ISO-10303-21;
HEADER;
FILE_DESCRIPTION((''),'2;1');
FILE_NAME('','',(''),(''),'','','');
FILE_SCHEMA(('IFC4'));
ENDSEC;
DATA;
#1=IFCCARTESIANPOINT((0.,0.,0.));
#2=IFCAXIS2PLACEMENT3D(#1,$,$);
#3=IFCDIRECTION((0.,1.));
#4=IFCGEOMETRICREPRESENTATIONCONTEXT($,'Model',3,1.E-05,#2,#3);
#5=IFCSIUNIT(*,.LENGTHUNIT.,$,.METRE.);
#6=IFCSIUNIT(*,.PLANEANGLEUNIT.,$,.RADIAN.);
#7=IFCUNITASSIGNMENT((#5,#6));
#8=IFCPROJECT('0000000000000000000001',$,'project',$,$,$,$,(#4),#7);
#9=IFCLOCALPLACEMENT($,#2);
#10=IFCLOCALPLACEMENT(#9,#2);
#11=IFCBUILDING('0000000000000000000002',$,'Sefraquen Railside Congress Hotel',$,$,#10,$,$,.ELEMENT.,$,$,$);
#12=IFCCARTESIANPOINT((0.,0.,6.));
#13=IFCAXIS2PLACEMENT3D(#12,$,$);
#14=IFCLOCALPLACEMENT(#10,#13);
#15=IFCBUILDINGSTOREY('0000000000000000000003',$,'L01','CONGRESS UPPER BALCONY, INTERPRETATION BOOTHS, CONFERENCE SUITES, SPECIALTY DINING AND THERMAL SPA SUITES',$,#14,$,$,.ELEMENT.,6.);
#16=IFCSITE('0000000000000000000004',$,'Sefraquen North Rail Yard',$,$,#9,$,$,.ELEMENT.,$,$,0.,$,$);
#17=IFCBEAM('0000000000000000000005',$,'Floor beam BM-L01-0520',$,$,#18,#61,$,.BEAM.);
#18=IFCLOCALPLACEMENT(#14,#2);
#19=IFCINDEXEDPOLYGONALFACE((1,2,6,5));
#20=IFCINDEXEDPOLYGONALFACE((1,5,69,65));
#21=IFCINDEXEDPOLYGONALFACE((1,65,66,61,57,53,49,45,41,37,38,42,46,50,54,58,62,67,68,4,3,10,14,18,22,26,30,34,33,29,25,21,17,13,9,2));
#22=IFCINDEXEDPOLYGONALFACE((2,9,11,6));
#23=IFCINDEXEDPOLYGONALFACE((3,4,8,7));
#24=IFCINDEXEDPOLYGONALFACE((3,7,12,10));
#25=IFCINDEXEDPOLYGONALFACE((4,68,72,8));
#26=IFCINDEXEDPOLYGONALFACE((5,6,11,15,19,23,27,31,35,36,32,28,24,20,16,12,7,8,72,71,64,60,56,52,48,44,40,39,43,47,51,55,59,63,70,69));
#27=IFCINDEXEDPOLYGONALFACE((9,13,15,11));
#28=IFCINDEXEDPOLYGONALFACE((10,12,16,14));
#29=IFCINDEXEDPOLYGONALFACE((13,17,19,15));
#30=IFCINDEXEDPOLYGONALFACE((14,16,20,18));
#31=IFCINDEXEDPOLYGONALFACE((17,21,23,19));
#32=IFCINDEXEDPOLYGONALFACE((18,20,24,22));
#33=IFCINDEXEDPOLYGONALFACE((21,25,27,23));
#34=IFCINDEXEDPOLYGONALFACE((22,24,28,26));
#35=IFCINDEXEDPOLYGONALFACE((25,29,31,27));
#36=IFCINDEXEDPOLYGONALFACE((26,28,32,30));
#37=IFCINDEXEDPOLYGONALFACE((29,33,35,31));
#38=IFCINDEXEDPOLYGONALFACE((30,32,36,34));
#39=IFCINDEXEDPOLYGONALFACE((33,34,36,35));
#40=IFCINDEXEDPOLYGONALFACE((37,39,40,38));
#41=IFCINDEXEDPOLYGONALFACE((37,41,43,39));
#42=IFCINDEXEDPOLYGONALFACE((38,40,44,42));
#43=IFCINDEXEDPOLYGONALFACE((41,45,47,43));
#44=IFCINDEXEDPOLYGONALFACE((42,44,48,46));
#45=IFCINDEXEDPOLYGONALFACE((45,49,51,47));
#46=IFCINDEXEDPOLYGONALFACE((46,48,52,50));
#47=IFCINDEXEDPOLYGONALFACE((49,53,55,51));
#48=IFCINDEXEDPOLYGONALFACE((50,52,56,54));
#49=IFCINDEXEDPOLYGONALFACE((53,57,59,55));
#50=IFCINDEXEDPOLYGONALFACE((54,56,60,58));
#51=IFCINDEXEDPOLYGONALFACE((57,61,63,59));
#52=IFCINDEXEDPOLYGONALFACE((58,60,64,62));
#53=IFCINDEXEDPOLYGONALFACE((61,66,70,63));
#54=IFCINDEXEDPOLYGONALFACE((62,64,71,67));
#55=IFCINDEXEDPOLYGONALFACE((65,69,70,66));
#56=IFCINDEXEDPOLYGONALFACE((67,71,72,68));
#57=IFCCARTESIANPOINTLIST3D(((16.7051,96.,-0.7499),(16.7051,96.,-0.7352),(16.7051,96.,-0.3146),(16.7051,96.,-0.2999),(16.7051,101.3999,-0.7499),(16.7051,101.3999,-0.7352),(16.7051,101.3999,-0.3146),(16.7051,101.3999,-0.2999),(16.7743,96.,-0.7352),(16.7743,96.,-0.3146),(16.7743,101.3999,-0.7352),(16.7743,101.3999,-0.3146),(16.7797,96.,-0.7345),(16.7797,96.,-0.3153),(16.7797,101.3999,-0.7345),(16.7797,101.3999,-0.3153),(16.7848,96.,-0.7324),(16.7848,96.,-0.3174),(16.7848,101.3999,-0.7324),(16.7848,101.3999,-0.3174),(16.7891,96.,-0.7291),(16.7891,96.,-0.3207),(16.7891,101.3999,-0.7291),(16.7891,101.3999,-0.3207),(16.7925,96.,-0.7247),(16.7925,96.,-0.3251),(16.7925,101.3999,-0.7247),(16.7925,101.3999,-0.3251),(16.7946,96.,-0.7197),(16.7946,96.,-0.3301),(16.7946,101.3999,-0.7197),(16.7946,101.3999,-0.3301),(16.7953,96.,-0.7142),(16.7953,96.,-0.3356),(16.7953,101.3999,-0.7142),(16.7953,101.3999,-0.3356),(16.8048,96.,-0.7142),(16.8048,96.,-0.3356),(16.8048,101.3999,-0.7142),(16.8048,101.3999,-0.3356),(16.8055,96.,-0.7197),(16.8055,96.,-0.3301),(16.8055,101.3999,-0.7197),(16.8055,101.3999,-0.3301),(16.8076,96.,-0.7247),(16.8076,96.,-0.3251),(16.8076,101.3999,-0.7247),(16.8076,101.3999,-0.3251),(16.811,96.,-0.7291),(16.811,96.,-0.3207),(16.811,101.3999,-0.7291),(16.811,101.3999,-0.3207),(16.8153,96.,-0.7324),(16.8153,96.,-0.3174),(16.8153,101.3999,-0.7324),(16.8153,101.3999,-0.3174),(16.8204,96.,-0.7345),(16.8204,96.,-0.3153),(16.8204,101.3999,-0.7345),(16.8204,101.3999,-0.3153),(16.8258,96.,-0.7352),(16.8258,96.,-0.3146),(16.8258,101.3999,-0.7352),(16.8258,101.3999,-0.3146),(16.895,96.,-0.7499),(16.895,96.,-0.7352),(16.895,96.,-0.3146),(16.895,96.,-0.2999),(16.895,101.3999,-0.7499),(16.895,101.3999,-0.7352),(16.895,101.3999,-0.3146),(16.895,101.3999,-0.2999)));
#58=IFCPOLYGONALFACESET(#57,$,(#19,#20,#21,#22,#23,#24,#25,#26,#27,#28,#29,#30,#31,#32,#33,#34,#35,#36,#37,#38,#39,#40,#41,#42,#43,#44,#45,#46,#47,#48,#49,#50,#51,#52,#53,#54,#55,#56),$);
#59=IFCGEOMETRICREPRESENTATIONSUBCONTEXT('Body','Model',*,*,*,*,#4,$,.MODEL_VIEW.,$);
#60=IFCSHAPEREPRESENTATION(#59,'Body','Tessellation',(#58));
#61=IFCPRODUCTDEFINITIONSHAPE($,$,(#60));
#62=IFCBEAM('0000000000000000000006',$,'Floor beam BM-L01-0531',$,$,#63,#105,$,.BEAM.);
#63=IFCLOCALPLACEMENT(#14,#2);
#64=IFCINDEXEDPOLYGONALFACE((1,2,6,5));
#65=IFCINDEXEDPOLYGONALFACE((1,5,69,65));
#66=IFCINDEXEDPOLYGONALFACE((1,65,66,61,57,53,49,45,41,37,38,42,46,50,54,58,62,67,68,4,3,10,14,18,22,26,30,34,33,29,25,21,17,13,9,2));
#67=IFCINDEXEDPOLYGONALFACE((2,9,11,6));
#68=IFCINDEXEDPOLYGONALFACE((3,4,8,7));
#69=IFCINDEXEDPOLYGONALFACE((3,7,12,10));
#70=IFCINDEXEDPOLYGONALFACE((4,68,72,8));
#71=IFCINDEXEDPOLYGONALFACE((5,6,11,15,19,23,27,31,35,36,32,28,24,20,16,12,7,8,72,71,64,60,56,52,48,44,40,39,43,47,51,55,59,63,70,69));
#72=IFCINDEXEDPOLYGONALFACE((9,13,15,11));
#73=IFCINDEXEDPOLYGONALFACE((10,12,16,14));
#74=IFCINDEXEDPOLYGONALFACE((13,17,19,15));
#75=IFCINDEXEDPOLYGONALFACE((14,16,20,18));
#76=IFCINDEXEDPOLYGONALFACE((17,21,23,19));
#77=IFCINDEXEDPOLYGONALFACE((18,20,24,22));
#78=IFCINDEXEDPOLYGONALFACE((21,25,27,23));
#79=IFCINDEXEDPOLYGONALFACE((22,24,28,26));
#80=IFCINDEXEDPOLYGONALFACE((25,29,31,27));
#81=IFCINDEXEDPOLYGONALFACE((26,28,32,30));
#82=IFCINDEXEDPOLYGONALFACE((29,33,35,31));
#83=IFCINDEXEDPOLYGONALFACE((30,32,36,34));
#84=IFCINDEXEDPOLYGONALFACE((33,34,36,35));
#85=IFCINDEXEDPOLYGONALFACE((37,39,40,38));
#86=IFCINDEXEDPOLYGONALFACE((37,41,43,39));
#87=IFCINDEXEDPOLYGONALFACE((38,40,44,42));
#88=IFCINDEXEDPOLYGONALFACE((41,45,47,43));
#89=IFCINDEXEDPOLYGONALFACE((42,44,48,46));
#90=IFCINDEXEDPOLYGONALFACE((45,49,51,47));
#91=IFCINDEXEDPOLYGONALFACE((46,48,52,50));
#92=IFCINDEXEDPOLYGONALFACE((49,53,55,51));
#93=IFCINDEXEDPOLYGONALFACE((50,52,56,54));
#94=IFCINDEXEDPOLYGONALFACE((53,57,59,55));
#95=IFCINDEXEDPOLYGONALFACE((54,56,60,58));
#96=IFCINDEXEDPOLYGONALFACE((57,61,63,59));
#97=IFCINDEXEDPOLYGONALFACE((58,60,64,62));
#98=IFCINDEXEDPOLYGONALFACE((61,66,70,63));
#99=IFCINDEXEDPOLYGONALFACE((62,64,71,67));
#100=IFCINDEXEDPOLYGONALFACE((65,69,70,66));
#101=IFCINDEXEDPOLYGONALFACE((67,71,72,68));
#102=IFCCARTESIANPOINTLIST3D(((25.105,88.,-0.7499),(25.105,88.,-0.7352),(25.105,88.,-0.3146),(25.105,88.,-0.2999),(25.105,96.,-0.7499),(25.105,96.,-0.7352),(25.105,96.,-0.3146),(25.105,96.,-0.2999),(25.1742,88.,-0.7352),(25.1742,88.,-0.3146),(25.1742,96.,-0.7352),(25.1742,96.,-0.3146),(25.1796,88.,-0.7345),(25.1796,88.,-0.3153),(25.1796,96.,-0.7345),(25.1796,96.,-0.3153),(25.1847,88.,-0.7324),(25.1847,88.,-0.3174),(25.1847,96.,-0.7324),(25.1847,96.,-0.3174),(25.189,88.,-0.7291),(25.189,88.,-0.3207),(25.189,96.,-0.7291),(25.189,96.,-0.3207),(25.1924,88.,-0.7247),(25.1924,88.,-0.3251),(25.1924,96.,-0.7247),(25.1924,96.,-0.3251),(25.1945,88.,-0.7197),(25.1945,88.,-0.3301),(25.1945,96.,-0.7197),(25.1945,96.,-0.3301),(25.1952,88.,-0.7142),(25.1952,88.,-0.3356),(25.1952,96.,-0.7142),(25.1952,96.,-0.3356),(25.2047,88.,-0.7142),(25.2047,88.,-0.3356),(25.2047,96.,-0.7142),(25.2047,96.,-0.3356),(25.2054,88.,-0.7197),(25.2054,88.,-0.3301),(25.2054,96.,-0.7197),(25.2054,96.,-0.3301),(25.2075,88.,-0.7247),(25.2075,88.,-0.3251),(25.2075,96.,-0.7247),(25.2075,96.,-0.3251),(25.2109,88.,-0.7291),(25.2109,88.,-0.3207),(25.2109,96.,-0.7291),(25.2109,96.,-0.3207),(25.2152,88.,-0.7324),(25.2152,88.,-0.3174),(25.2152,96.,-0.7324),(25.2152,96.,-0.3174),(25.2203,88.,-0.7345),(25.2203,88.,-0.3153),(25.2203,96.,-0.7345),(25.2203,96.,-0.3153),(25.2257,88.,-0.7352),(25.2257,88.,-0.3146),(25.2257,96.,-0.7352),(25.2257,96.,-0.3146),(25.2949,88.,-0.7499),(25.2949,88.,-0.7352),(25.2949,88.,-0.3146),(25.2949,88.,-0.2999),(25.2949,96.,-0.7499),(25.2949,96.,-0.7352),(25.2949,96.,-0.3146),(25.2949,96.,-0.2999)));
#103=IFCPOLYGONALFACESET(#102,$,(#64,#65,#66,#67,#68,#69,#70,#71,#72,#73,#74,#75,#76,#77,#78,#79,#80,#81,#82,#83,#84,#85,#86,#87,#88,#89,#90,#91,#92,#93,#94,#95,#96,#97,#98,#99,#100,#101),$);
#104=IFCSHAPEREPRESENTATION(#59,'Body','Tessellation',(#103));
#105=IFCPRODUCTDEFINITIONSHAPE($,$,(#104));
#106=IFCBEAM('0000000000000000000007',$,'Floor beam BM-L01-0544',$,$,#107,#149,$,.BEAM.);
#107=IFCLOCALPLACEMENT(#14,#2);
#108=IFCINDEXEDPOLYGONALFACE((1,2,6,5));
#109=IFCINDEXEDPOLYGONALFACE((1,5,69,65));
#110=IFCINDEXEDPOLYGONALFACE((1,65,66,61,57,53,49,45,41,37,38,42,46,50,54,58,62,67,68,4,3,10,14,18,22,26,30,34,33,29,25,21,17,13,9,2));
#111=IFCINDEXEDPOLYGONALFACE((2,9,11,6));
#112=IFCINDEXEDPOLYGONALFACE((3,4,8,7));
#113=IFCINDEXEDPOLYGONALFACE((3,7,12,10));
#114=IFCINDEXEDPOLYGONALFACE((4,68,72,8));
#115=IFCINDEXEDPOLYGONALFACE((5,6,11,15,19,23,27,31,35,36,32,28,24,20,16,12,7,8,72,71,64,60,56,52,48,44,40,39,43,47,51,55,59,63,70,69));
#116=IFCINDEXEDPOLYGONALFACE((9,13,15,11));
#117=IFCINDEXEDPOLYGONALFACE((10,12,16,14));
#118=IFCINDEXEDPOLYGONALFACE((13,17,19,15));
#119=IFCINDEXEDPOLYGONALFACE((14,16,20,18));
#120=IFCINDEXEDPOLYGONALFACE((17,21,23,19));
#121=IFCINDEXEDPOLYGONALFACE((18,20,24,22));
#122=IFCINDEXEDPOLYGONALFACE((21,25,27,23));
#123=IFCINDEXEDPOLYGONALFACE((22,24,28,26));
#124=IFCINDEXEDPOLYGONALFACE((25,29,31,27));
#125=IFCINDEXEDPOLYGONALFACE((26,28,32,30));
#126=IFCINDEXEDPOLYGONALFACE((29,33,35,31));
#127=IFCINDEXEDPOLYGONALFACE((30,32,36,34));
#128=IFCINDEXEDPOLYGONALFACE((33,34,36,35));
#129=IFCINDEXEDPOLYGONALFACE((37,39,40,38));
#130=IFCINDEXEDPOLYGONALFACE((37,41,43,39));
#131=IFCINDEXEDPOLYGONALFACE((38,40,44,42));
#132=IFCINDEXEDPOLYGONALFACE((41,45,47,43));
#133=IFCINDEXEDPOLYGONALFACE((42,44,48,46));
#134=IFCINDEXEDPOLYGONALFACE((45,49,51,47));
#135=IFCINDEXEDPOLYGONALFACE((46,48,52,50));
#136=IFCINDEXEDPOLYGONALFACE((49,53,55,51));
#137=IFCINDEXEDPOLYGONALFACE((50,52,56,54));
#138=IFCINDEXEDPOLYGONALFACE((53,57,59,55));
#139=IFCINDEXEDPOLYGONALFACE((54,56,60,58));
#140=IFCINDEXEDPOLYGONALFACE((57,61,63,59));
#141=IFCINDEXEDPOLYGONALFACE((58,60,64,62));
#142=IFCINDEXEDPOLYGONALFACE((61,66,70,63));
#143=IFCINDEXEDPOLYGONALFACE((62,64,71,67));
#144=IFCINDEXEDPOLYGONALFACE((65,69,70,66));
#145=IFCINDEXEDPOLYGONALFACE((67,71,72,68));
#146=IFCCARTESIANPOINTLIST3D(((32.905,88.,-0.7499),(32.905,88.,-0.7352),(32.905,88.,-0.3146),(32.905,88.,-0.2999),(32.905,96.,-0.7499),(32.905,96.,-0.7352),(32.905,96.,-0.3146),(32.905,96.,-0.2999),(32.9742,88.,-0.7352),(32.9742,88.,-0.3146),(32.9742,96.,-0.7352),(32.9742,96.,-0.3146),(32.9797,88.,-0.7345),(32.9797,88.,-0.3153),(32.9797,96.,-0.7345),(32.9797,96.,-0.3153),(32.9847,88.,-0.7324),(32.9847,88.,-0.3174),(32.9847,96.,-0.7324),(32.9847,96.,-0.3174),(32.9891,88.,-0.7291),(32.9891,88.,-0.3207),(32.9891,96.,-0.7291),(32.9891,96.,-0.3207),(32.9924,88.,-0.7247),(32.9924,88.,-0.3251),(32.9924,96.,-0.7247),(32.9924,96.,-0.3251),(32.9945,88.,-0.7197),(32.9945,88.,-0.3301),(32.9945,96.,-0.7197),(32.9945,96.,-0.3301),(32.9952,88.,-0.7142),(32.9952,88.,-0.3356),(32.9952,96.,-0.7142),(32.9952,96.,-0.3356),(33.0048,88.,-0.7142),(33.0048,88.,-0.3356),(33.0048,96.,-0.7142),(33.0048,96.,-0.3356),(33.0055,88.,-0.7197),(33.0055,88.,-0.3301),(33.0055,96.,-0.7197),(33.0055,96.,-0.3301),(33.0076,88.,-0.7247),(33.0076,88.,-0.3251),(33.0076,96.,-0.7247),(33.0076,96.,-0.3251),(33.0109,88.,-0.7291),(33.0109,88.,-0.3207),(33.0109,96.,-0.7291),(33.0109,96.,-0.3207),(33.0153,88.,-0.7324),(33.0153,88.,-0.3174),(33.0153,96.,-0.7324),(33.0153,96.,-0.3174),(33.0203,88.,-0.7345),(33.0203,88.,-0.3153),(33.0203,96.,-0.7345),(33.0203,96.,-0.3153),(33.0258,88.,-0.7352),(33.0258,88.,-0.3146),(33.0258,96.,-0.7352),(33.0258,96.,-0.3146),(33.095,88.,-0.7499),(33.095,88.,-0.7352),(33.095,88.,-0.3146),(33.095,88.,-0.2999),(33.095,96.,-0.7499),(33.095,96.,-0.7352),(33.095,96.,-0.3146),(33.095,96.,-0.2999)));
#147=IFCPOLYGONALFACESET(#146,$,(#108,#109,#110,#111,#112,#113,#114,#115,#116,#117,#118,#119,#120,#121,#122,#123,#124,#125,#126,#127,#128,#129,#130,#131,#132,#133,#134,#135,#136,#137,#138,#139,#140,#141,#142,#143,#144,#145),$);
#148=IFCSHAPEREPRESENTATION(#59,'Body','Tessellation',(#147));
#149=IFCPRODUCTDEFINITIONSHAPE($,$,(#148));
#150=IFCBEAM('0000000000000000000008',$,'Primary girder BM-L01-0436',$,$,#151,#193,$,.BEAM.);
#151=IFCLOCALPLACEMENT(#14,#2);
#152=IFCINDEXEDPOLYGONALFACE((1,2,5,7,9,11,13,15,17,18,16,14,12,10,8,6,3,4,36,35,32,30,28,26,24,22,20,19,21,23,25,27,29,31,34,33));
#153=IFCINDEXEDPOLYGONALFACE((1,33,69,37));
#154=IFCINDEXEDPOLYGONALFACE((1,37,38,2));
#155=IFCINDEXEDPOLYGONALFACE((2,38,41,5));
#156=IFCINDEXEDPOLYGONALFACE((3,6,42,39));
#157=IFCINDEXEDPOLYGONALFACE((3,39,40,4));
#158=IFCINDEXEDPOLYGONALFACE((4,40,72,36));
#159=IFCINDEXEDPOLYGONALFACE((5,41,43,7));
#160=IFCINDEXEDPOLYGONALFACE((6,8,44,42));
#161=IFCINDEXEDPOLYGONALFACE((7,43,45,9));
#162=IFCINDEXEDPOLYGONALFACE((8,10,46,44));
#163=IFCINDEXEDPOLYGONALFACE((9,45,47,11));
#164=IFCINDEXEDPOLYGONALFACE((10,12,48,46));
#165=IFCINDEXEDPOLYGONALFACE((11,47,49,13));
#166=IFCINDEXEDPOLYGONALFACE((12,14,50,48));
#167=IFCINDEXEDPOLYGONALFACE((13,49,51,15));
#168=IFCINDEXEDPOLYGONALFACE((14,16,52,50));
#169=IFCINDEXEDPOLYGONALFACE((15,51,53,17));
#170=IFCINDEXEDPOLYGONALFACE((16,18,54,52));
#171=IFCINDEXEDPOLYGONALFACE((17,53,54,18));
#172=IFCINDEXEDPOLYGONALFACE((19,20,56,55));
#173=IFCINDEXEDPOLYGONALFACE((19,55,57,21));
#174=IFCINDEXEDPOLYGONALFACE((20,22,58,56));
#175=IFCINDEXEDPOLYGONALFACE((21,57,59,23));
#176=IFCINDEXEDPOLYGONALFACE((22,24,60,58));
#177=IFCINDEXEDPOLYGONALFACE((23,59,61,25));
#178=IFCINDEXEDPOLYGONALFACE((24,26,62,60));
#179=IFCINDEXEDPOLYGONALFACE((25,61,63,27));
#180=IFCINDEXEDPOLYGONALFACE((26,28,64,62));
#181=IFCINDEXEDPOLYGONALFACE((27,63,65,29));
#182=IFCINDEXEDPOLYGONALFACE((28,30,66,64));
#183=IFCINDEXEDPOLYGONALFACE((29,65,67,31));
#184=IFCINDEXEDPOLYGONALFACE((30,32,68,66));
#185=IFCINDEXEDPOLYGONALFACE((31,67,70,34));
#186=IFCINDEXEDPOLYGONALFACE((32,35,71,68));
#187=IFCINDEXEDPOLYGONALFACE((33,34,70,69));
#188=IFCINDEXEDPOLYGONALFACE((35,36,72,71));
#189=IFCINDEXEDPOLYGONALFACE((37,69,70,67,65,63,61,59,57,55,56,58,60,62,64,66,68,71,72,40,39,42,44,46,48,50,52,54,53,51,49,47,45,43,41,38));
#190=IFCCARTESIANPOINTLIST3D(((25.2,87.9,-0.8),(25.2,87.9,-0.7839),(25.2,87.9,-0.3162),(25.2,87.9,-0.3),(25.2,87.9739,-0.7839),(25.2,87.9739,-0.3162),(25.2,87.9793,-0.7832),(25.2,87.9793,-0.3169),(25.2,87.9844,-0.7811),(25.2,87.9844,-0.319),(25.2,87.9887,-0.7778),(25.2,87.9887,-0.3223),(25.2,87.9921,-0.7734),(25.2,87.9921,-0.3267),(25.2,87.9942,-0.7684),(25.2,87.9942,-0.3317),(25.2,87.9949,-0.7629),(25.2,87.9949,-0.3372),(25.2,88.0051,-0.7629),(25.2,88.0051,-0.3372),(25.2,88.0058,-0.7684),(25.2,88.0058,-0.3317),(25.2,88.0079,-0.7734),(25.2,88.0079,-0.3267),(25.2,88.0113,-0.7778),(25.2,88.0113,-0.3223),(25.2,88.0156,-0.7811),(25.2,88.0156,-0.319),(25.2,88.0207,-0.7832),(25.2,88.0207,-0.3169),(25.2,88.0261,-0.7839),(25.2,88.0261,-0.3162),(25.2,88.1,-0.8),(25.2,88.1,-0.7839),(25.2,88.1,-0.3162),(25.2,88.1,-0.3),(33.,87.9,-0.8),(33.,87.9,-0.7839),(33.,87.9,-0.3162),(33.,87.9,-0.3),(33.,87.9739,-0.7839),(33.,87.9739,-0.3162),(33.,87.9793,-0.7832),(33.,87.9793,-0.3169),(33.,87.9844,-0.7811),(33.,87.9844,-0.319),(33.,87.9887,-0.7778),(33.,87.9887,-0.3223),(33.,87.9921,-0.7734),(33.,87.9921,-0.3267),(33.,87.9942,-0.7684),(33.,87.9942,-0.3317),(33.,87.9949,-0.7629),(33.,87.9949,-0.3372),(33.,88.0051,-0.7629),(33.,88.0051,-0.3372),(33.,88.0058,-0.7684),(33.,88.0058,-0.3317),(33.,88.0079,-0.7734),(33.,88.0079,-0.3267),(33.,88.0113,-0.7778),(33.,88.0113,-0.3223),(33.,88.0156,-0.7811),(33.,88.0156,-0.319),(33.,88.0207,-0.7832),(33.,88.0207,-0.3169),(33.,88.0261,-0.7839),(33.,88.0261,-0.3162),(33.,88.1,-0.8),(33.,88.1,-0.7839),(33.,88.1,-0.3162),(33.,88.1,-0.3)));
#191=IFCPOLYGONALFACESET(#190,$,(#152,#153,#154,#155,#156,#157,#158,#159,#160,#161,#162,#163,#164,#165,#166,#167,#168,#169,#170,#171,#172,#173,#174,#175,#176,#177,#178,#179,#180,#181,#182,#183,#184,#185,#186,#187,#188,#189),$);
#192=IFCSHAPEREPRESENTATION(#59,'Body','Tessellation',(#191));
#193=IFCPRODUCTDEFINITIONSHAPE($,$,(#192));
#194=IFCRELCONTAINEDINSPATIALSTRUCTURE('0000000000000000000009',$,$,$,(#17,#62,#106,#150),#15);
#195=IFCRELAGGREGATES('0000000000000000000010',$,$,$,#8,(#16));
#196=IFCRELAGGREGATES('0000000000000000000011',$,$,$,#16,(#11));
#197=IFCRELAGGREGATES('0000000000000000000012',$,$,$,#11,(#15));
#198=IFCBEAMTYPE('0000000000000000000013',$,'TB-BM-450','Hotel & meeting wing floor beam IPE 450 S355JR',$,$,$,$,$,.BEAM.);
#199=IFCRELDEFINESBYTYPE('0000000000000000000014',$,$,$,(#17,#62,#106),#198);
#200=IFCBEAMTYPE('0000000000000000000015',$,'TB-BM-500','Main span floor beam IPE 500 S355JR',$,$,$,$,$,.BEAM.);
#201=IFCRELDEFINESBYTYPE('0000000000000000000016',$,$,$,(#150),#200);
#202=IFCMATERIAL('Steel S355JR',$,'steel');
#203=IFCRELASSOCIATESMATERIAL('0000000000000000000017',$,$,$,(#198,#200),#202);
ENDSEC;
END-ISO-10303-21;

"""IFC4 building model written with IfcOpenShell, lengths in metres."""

from ifc_helpers import new_model, si_unit, direction, frame, origin, origin_2d, place, context, subcontext, project, spatial, i_section, extrude, material, material_profile, profile_set, type_object, element, save


model = new_model("IFC4")

# Units and contexts
model_context = context("Model", 3, precision=1e-05, world=origin(), true_north=direction((0.0, 1.0)))
body_context = subcontext(model_context, "Body", "Model", "MODEL_VIEW")
ifc_project = project(units=[si_unit("LENGTHUNIT", "METRE"), si_unit("PLANEANGLEUNIT", "RADIAN")], contexts=[model_context])

# Site, building, storey
site_placement = place(None, origin())
site = spatial("IfcSite", under=ifc_project, at=site_placement, Name="Sefraquen North Rail Yard", CompositionType="ELEMENT", RefElevation=0.0)
building_placement = place(site_placement, origin())
building = spatial("IfcBuilding", under=site, at=building_placement, Name="Sefraquen Railside Congress Hotel", CompositionType="ELEMENT")
storey_placement = place(building_placement, frame((0.0, 0.0, 6.0)))
storey = spatial("IfcBuildingStorey", under=building, at=storey_placement, Name="L01", Description="CONGRESS UPPER BALCONY, INTERPRETATION BOOTHS, CONFERENCE SUITES, SPECIALTY DINING AND THERMAL SPA SUITES", CompositionType="ELEMENT", Elevation=6.0)

# Shared definitions
ifc_material_1 = material(Name="Steel S355JR", Category="steel")

# Beams
ifc_material_profile_1 = material_profile(ifc_material_1, i_section(OverallWidth=0.1899, OverallDepth=0.45, WebThickness=0.0095, FlangeThickness=0.0146, FilletRadius=0.021, at=origin_2d()), Name="IPE 450")
ifc_profile_set_1 = profile_set([ifc_material_profile_1], Name="Steel S355JR")
beam_type_1 = type_object("IfcBeamType", Name="TB-BM-450", Description="Hotel & meeting wing floor beam IPE 450 S355JR", PredefinedType="BEAM", material=ifc_profile_set_1)
beam_1_placement = place(storey_placement, frame((16.8, 96.0, -0.5249), z_axis=(0.0, 1.0, 0.0), x_axis=(-1.0, 0.0, 0.0)))
element("IfcBeam", 1, at=beam_1_placement, inside=storey, type_object=beam_type_1, Name="Floor beam BM-L01-0520", PredefinedType="BEAM", context=body_context, shape_type="SweptSolid", body=[
    extrude(i_section(OverallWidth=0.1899, OverallDepth=0.45, WebThickness=0.0095, FlangeThickness=0.0146, FilletRadius=0.021, at=origin_2d()), origin(), (0.0, 0.0, 1.0), 5.3999),
])
for number, where, z_axis, x_axis, name in (
    (2, (25.2, 88.0, -0.5249), (0.0, 1.0, 0.0), (-1.0, 0.0, 0.0), "Floor beam BM-L01-0531"),
    (3, (33.0, 88.0, -0.5249), (0.0, 1.0, 0.0), (-1.0, 0.0, 0.0), "Floor beam BM-L01-0544"),
):
    element("IfcBeam", number, at=place(storey_placement, frame(where, z_axis=z_axis, x_axis=x_axis)), inside=storey, type_object=beam_type_1, Name=name, PredefinedType="BEAM", context=body_context, shape_type="SweptSolid", body=[
        extrude(i_section(OverallWidth=0.1899, OverallDepth=0.45, WebThickness=0.0095, FlangeThickness=0.0146, FilletRadius=0.021, at=origin_2d()), origin(), (0.0, 0.0, 1.0), 8.0),
    ])
ifc_material_profile_2 = material_profile(ifc_material_1, i_section(OverallWidth=0.2, OverallDepth=0.5, WebThickness=0.0103, FlangeThickness=0.0161, FilletRadius=0.021, at=origin_2d()), Name="IPE 500")
ifc_profile_set_2 = profile_set([ifc_material_profile_2], Name="Steel S355JR")
beam_type_2 = type_object("IfcBeamType", Name="TB-BM-500", Description="Main span floor beam IPE 500 S355JR", PredefinedType="BEAM", material=ifc_profile_set_2)
for number, where, z_axis, x_axis, name in (
    (4, (25.2, 88.0, -0.55), (1.0, 0.0, 0.0), (0.0, 1.0, 0.0), "Primary girder BM-L01-0436"),
):
    element("IfcBeam", number, at=place(storey_placement, frame(where, z_axis=z_axis, x_axis=x_axis)), inside=storey, type_object=beam_type_2, Name=name, PredefinedType="BEAM", context=body_context, shape_type="SweptSolid", body=[
        extrude(i_section(OverallWidth=0.2, OverallDepth=0.5, WebThickness=0.0103, FlangeThickness=0.0161, FilletRadius=0.021, at=origin_2d()), origin(), (0.0, 0.0, 1.0), 7.8),
    ])

save(model, "model.ifc")
